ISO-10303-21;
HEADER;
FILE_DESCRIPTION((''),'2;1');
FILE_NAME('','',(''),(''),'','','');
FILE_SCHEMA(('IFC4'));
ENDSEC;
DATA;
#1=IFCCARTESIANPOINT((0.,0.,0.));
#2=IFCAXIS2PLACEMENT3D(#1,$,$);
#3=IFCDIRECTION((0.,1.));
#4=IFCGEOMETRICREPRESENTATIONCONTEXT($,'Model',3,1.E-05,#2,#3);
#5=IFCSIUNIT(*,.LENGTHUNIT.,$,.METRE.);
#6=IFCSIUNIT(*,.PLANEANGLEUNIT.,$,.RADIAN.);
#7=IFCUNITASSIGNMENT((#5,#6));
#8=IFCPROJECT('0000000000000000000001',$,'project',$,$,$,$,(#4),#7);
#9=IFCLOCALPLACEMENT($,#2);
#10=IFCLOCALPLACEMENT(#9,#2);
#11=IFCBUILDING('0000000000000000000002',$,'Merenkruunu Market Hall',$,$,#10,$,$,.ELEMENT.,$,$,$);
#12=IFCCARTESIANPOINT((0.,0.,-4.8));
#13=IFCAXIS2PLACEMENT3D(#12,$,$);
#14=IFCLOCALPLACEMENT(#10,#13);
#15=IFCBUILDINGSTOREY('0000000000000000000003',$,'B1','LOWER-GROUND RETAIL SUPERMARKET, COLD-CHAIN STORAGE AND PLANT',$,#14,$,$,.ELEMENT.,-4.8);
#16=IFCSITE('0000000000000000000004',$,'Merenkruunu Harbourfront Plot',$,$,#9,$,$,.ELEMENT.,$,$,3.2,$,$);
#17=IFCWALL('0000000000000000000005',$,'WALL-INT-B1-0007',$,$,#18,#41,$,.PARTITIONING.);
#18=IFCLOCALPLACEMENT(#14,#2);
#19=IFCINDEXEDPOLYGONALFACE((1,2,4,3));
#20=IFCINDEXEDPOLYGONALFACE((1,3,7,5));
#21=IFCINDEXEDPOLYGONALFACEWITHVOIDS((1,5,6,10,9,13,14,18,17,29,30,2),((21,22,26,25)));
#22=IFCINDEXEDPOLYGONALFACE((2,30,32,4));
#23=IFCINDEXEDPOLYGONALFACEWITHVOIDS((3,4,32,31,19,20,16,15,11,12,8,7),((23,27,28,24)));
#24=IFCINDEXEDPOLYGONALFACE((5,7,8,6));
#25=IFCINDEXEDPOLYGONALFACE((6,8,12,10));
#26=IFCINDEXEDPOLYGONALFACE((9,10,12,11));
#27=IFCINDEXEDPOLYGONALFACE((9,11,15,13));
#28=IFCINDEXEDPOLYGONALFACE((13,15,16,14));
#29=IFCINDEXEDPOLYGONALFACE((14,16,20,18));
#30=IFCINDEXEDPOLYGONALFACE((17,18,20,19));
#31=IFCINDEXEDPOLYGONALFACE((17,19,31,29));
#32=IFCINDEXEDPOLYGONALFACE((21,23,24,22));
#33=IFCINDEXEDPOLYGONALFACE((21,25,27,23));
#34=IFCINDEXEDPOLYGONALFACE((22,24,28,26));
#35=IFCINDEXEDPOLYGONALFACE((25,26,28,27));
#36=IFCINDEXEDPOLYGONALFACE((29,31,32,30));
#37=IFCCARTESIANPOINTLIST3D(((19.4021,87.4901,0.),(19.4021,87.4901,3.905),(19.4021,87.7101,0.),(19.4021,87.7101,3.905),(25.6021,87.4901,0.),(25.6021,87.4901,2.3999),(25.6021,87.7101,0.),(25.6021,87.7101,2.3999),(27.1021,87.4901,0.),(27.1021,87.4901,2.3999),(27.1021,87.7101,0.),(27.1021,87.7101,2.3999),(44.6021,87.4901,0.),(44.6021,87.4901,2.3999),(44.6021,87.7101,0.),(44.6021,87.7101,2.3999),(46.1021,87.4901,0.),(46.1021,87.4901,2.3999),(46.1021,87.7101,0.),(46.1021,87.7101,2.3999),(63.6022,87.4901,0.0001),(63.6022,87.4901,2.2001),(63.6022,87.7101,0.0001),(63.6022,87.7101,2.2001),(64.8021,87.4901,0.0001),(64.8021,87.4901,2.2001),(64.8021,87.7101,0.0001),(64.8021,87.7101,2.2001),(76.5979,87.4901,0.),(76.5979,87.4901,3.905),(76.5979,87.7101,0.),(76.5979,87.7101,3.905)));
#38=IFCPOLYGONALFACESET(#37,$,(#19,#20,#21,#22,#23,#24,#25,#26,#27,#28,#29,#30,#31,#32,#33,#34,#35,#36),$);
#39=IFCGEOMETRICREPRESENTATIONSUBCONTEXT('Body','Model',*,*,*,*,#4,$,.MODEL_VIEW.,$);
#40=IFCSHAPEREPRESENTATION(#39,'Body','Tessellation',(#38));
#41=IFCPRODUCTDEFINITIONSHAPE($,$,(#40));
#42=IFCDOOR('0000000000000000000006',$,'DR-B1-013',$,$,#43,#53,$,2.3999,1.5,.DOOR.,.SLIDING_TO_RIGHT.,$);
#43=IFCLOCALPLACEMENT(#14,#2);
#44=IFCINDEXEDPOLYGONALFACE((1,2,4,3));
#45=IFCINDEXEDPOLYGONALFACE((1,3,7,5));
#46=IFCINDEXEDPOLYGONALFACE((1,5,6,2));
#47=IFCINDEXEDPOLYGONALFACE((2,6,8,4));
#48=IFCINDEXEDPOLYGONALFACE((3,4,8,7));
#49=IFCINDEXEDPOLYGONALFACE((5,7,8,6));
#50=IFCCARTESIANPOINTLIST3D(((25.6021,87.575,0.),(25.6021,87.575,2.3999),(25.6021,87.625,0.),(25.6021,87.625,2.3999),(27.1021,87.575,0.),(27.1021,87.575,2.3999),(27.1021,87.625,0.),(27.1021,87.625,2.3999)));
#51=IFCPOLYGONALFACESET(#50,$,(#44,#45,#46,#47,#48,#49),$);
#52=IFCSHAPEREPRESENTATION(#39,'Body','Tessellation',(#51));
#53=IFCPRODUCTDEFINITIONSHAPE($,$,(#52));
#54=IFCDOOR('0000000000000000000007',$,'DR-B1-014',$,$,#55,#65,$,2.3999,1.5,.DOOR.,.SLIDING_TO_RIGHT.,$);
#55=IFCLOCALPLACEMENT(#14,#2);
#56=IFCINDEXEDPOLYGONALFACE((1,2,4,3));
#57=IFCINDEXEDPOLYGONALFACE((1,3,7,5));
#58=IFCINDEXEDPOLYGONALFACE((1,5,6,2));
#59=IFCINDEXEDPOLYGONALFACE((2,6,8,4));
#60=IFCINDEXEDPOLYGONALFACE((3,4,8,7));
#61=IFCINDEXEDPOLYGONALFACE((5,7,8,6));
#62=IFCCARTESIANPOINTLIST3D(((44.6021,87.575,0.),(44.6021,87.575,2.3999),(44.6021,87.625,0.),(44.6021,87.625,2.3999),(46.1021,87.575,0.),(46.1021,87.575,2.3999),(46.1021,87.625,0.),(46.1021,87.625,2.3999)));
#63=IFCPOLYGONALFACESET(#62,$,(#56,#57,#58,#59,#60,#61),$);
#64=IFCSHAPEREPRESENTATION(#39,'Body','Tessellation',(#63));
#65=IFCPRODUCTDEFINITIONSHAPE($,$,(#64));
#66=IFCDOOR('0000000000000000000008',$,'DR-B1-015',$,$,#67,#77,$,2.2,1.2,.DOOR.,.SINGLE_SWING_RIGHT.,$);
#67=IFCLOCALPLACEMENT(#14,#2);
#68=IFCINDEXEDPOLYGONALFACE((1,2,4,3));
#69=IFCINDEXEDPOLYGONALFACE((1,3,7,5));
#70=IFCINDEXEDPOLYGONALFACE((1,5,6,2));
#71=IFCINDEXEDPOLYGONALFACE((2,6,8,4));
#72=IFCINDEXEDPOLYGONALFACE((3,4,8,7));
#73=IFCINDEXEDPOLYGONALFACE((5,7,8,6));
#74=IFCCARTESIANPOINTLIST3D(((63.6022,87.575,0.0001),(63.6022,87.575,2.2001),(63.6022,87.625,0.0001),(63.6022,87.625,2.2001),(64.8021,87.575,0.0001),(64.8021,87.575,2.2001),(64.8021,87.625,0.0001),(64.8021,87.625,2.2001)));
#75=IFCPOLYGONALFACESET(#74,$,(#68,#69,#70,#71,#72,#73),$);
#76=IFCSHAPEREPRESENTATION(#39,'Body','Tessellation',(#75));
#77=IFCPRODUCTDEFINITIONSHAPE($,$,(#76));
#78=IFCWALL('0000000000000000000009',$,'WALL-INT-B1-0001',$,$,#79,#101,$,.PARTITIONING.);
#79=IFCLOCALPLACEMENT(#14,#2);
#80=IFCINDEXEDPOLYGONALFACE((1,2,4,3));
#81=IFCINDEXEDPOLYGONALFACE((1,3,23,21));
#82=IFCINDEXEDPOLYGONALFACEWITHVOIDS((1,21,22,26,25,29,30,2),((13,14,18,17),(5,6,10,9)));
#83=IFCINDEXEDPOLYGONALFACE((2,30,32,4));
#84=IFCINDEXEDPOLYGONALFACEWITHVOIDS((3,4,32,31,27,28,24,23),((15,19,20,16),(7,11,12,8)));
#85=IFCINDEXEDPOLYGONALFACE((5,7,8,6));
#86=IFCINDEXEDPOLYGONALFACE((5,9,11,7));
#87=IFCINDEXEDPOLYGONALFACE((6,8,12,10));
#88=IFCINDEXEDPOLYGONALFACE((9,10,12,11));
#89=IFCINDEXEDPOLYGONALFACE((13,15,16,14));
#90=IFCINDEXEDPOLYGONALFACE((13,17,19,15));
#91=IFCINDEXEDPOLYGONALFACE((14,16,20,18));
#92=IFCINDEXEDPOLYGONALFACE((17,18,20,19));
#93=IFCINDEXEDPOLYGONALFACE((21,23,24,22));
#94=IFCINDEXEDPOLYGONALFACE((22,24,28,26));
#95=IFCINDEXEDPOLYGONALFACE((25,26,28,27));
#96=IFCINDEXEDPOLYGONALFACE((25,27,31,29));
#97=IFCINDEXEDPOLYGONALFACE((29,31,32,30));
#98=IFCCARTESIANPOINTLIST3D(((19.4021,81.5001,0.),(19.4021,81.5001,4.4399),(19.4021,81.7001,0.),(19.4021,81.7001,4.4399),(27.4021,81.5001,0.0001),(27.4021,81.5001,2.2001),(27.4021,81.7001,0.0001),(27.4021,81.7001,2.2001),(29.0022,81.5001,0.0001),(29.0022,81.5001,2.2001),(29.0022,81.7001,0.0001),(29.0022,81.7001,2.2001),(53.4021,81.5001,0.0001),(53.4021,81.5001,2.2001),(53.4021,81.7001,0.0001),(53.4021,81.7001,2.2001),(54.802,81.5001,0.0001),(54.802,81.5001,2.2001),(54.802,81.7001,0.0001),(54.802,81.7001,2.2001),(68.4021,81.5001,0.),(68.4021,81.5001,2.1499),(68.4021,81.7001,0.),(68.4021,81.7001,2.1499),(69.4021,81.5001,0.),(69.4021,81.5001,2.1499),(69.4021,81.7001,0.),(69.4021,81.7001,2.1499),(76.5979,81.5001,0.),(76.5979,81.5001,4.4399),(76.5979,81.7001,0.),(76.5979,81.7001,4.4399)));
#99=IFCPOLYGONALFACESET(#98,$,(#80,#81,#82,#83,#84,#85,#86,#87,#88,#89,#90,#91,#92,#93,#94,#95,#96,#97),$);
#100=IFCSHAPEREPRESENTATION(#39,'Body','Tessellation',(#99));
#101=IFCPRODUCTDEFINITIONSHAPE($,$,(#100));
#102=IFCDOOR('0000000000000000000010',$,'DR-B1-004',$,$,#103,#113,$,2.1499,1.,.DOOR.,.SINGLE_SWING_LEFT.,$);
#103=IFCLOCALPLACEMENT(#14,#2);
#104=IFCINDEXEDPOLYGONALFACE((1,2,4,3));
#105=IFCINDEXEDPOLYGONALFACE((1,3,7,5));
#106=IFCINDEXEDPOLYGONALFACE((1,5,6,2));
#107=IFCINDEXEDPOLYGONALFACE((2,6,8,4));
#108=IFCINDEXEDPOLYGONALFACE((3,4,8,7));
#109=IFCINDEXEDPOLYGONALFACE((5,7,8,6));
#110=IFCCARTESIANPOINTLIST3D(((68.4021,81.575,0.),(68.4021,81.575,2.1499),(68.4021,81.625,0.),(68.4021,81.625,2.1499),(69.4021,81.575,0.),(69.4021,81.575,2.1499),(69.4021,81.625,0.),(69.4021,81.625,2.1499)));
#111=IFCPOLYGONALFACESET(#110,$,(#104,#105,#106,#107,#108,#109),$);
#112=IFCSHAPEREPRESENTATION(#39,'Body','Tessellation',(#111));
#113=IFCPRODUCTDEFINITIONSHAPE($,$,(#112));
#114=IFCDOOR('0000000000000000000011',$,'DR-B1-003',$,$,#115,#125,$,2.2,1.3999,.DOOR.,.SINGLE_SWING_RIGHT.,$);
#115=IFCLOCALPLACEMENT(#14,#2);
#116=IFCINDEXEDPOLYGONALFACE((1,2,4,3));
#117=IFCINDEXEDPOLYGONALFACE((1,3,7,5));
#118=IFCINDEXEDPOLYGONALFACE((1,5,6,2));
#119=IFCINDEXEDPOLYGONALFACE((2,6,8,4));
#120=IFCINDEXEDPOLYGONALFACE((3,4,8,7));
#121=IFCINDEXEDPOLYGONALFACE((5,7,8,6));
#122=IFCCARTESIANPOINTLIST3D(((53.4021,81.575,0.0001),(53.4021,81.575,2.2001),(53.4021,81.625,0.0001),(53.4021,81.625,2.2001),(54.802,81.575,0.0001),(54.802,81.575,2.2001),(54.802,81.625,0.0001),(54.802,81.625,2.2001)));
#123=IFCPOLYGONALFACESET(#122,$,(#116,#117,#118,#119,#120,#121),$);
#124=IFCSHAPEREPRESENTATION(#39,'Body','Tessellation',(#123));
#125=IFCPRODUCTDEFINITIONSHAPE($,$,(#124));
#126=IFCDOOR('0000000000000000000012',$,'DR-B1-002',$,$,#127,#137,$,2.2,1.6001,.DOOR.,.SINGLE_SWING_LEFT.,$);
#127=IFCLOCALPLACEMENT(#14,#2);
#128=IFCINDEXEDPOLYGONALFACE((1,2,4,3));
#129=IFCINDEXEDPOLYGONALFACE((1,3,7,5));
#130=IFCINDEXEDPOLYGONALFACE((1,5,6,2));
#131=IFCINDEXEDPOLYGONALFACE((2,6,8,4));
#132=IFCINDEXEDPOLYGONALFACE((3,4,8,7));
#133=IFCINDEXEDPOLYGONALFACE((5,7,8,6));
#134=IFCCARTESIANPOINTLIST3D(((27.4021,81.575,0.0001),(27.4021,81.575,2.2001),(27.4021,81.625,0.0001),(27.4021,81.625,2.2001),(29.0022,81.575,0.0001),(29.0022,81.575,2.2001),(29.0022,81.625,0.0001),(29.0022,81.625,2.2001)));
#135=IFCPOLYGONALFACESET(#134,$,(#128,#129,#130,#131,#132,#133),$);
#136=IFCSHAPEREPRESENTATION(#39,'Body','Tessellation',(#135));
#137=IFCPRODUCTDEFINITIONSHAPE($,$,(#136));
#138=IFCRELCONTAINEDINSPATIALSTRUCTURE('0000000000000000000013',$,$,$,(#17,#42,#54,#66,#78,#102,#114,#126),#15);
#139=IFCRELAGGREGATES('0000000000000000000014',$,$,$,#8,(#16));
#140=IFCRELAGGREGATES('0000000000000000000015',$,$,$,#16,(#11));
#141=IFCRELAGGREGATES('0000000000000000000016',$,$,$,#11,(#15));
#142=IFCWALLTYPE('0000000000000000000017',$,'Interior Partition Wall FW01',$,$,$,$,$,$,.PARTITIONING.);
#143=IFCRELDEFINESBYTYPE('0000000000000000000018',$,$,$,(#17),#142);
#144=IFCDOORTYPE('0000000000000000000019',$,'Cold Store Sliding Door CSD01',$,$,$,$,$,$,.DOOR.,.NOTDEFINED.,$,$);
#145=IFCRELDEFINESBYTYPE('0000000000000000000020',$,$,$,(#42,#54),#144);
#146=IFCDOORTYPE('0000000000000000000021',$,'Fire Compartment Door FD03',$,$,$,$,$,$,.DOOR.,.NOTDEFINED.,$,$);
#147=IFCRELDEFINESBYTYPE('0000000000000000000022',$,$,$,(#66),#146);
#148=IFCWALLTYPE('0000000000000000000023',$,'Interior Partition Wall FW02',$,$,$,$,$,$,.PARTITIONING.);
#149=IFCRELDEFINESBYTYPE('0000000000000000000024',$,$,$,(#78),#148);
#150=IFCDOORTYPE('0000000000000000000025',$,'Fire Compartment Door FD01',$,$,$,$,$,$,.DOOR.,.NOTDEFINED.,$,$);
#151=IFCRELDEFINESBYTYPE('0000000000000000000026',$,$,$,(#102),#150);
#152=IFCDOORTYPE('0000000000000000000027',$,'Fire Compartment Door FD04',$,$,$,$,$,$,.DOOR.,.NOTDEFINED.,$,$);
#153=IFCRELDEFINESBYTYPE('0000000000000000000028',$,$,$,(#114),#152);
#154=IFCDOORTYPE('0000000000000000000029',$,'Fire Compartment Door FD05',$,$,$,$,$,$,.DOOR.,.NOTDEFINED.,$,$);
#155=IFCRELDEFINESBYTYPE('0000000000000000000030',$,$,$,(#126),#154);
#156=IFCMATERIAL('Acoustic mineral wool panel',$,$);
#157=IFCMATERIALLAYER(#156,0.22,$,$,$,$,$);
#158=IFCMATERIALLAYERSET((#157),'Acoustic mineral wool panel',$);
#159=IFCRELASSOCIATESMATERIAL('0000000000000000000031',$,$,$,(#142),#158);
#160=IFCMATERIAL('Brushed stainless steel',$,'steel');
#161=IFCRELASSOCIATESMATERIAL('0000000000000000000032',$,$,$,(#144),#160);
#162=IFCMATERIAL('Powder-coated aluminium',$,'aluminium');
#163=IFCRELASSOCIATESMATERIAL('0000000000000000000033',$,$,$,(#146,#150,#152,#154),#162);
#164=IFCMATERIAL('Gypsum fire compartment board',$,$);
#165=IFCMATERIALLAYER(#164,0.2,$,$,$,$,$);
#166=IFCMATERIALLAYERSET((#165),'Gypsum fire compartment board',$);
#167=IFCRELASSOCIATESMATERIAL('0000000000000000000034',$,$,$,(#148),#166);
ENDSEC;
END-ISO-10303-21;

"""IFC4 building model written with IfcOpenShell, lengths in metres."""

from ifc_helpers import new_model, si_unit, direction, frame, frame_2d, origin, place, context, subcontext, project, spatial, rectangle, extrude, material, layer, layer_set, type_object, element, fill, save


model = new_model("IFC4")

# Units and contexts
model_context = context("Model", 3, precision=1e-05, world=origin(), true_north=direction((0.0, 1.0)))
body_context = subcontext(model_context, "Body", "Model", "MODEL_VIEW")
ifc_project = project(units=[si_unit("LENGTHUNIT", "METRE"), si_unit("PLANEANGLEUNIT", "RADIAN")], contexts=[model_context])

# Site, building, storey
site_placement = place(None, origin())
site = spatial("IfcSite", under=ifc_project, at=site_placement, Name="Merenkruunu Harbourfront Plot", CompositionType="ELEMENT", RefElevation=3.2)
building_placement = place(site_placement, origin())
building = spatial("IfcBuilding", under=site, at=building_placement, Name="Merenkruunu Market Hall", CompositionType="ELEMENT")
storey_placement = place(building_placement, frame((0.0, 0.0, -4.8)))
storey = spatial("IfcBuildingStorey", under=building, at=storey_placement, Name="B1", Description="LOWER-GROUND RETAIL SUPERMARKET, COLD-CHAIN STORAGE AND PLANT", CompositionType="ELEMENT", Elevation=-4.8)

# Walls, openings, doors
ifc_material_1 = material(Name="Acoustic mineral wool panel")
ifc_layer_1 = layer(ifc_material_1, 0.22)
ifc_layer_set_1 = layer_set([ifc_layer_1], Name="Acoustic mineral wool panel")
wall_type_1 = type_object("IfcWallType", Name="Interior Partition Wall FW01", PredefinedType="PARTITIONING", material=ifc_layer_set_1)
wall_1_placement = place(storey_placement, frame((19.4021, 87.6001, 0.0), z_axis=(0.0, 0.0, 1.0), x_axis=(1.0, 0.0, 0.0)))
wall_1 = element("IfcWall", 1, at=wall_1_placement, inside=storey, type_object=wall_type_1, Name="WALL-INT-B1-0007", PredefinedType="PARTITIONING", context=body_context, shape_type="SweptSolid", body=[
    extrude(rectangle(XDim=57.1958, YDim=0.22, at=frame_2d((28.5979, 0.0))), origin(), (0.0, 0.0, 1.0), 3.905),
])
opening_1_placement = place(wall_1_placement, frame((6.2, 0.0, 0.0)))
opening_1 = element("IfcOpeningElement", 2, at=opening_1_placement, cuts=wall_1, PredefinedType="OPENING", context=body_context, shape_type="SweptSolid", body=[
    extrude(rectangle(XDim=1.5, YDim=2.3999, at=frame_2d((0.75, 1.2))), frame((0.0, 0.1201, 0.0), z_axis=(0.0, -1.0, 0.0), x_axis=(1.0, 0.0, 0.0)), (0.0, 0.0, 1.0), 0.24),
])
opening_2_placement = place(wall_1_placement, frame((25.2, 0.0, 0.0)))
opening_2 = element("IfcOpeningElement", 3, at=opening_2_placement, cuts=wall_1, PredefinedType="OPENING", context=body_context, shape_type="SweptSolid", body=[
    extrude(rectangle(XDim=1.5, YDim=2.3999, at=frame_2d((0.75, 1.2))), frame((0.0, 0.1201, 0.0), z_axis=(0.0, -1.0, 0.0), x_axis=(1.0, 0.0, 0.0)), (0.0, 0.0, 1.0), 0.24),
])
opening_3_placement = place(wall_1_placement, frame((44.2, 0.0, 0.0)))
opening_3 = element("IfcOpeningElement", 4, at=opening_3_placement, cuts=wall_1, PredefinedType="OPENING", context=body_context, shape_type="SweptSolid", body=[
    extrude(rectangle(XDim=1.2, YDim=2.2, at=frame_2d((0.6001, 1.1001))), frame((0.0, 0.1201, 0.0), z_axis=(0.0, -1.0, 0.0), x_axis=(1.0, 0.0, 0.0)), (0.0, 0.0, 1.0), 0.24),
])
ifc_material_2 = material(Name="Brushed stainless steel", Category="steel")
door_type_1 = type_object("IfcDoorType", Name="Cold Store Sliding Door CSD01", OperationType="NOTDEFINED", PredefinedType="DOOR", material=ifc_material_2)
door_1_placement = place(opening_1_placement, origin())
door_1 = element("IfcDoor", 5, at=door_1_placement, inside=storey, type_object=door_type_1, Name="DR-B1-013", OperationType="SLIDING_TO_RIGHT", OverallHeight=2.3999, OverallWidth=1.5, PredefinedType="DOOR", context=body_context, shape_type="SweptSolid", body=[
    extrude(rectangle(XDim=1.5, YDim=2.3999, at=frame_2d((0.75, 1.2))), frame((0.0, 0.0249, 0.0), z_axis=(0.0, -1.0, 0.0), x_axis=(1.0, 0.0, 0.0)), (0.0, 0.0, 1.0), 0.05),
])
fill(opening_1, door_1)
door_2_placement = place(opening_2_placement, origin())
door_2 = element("IfcDoor", 6, at=door_2_placement, inside=storey, type_object=door_type_1, Name="DR-B1-014", OperationType="SLIDING_TO_RIGHT", OverallHeight=2.3999, OverallWidth=1.5, PredefinedType="DOOR", context=body_context, shape_type="SweptSolid", body=[
    extrude(rectangle(XDim=1.5, YDim=2.3999, at=frame_2d((0.75, 1.2))), frame((0.0, 0.0249, 0.0), z_axis=(0.0, -1.0, 0.0), x_axis=(1.0, 0.0, 0.0)), (0.0, 0.0, 1.0), 0.05),
])
fill(opening_2, door_2)
ifc_material_3 = material(Name="Powder-coated aluminium", Category="aluminium")
door_type_2 = type_object("IfcDoorType", Name="Fire Compartment Door FD03", OperationType="NOTDEFINED", PredefinedType="DOOR", material=ifc_material_3)
door_3_placement = place(opening_3_placement, origin())
door_3 = element("IfcDoor", 7, at=door_3_placement, inside=storey, type_object=door_type_2, Name="DR-B1-015", OperationType="SINGLE_SWING_RIGHT", OverallHeight=2.2, OverallWidth=1.2, PredefinedType="DOOR", context=body_context, shape_type="SweptSolid", body=[
    extrude(rectangle(XDim=1.2, YDim=2.2, at=frame_2d((0.6001, 1.1001))), frame((0.0, 0.0249, 0.0), z_axis=(0.0, -1.0, 0.0), x_axis=(1.0, 0.0, 0.0)), (0.0, 0.0, 1.0), 0.05),
])
fill(opening_3, door_3)
ifc_material_4 = material(Name="Gypsum fire compartment board")
ifc_layer_2 = layer(ifc_material_4, 0.2)
ifc_layer_set_2 = layer_set([ifc_layer_2], Name="Gypsum fire compartment board")
wall_type_2 = type_object("IfcWallType", Name="Interior Partition Wall FW02", PredefinedType="PARTITIONING", material=ifc_layer_set_2)
wall_2_placement = place(storey_placement, frame((19.4021, 81.6001, 0.0), z_axis=(0.0, 0.0, 1.0), x_axis=(1.0, 0.0, 0.0)))
wall_2 = element("IfcWall", 8, at=wall_2_placement, inside=storey, type_object=wall_type_2, Name="WALL-INT-B1-0001", PredefinedType="PARTITIONING", context=body_context, shape_type="SweptSolid", body=[
    extrude(rectangle(XDim=57.1958, YDim=0.2, at=frame_2d((28.5979, 0.0))), origin(), (0.0, 0.0, 1.0), 4.4399),
])
opening_4_placement = place(wall_2_placement, frame((8.0, 0.0, 0.0)))
opening_4 = element("IfcOpeningElement", 9, at=opening_4_placement, cuts=wall_2, PredefinedType="OPENING", context=body_context, shape_type="SweptSolid", body=[
    extrude(rectangle(XDim=1.6001, YDim=2.2, at=frame_2d((0.8, 1.1001))), frame((0.0, 0.1099, 0.0), z_axis=(0.0, -1.0, 0.0), x_axis=(1.0, 0.0, 0.0)), (0.0, 0.0, 1.0), 0.22),
])
opening_5_placement = place(wall_2_placement, frame((34.0, 0.0, 0.0)))
opening_5 = element("IfcOpeningElement", 10, at=opening_5_placement, cuts=wall_2, PredefinedType="OPENING", context=body_context, shape_type="SweptSolid", body=[
    extrude(rectangle(XDim=1.3999, YDim=2.2, at=frame_2d((0.7, 1.1001))), frame((0.0, 0.1099, 0.0), z_axis=(0.0, -1.0, 0.0), x_axis=(1.0, 0.0, 0.0)), (0.0, 0.0, 1.0), 0.22),
])
opening_6_placement = place(wall_2_placement, frame((49.0, 0.0, 0.0)))
opening_6 = element("IfcOpeningElement", 11, at=opening_6_placement, cuts=wall_2, PredefinedType="OPENING", context=body_context, shape_type="SweptSolid", body=[
    extrude(rectangle(XDim=1.0, YDim=2.1499, at=frame_2d((0.5, 1.075))), frame((0.0, 0.1099, 0.0), z_axis=(0.0, -1.0, 0.0), x_axis=(1.0, 0.0, 0.0)), (0.0, 0.0, 1.0), 0.22),
])
door_type_3 = type_object("IfcDoorType", Name="Fire Compartment Door FD01", OperationType="NOTDEFINED", PredefinedType="DOOR", material=ifc_material_3)
door_4_placement = place(opening_6_placement, origin())
door_4 = element("IfcDoor", 12, at=door_4_placement, inside=storey, type_object=door_type_3, Name="DR-B1-004", OperationType="SINGLE_SWING_LEFT", OverallHeight=2.1499, OverallWidth=1.0, PredefinedType="DOOR", context=body_context, shape_type="SweptSolid", body=[
    extrude(rectangle(XDim=1.0, YDim=2.1499, at=frame_2d((0.5, 1.075))), frame((0.0, 0.0249, 0.0), z_axis=(0.0, -1.0, 0.0), x_axis=(1.0, 0.0, 0.0)), (0.0, 0.0, 1.0), 0.05),
])
fill(opening_6, door_4)
door_type_4 = type_object("IfcDoorType", Name="Fire Compartment Door FD04", OperationType="NOTDEFINED", PredefinedType="DOOR", material=ifc_material_3)
door_5_placement = place(opening_5_placement, origin())
door_5 = element("IfcDoor", 13, at=door_5_placement, inside=storey, type_object=door_type_4, Name="DR-B1-003", OperationType="SINGLE_SWING_RIGHT", OverallHeight=2.2, OverallWidth=1.3999, PredefinedType="DOOR", context=body_context, shape_type="SweptSolid", body=[
    extrude(rectangle(XDim=1.3999, YDim=2.2, at=frame_2d((0.7, 1.1001))), frame((0.0, 0.0249, 0.0), z_axis=(0.0, -1.0, 0.0), x_axis=(1.0, 0.0, 0.0)), (0.0, 0.0, 1.0), 0.05),
])
fill(opening_5, door_5)
door_type_5 = type_object("IfcDoorType", Name="Fire Compartment Door FD05", OperationType="NOTDEFINED", PredefinedType="DOOR", material=ifc_material_3)
door_6_placement = place(opening_4_placement, origin())
door_6 = element("IfcDoor", 14, at=door_6_placement, inside=storey, type_object=door_type_5, Name="DR-B1-002", OperationType="SINGLE_SWING_LEFT", OverallHeight=2.2, OverallWidth=1.6001, PredefinedType="DOOR", context=body_context, shape_type="SweptSolid", body=[
    extrude(rectangle(XDim=1.6001, YDim=2.2, at=frame_2d((0.8, 1.1001))), frame((0.0, 0.0249, 0.0), z_axis=(0.0, -1.0, 0.0), x_axis=(1.0, 0.0, 0.0)), (0.0, 0.0, 1.0), 0.05),
])
fill(opening_4, door_6)

save(model, "model.ifc")
